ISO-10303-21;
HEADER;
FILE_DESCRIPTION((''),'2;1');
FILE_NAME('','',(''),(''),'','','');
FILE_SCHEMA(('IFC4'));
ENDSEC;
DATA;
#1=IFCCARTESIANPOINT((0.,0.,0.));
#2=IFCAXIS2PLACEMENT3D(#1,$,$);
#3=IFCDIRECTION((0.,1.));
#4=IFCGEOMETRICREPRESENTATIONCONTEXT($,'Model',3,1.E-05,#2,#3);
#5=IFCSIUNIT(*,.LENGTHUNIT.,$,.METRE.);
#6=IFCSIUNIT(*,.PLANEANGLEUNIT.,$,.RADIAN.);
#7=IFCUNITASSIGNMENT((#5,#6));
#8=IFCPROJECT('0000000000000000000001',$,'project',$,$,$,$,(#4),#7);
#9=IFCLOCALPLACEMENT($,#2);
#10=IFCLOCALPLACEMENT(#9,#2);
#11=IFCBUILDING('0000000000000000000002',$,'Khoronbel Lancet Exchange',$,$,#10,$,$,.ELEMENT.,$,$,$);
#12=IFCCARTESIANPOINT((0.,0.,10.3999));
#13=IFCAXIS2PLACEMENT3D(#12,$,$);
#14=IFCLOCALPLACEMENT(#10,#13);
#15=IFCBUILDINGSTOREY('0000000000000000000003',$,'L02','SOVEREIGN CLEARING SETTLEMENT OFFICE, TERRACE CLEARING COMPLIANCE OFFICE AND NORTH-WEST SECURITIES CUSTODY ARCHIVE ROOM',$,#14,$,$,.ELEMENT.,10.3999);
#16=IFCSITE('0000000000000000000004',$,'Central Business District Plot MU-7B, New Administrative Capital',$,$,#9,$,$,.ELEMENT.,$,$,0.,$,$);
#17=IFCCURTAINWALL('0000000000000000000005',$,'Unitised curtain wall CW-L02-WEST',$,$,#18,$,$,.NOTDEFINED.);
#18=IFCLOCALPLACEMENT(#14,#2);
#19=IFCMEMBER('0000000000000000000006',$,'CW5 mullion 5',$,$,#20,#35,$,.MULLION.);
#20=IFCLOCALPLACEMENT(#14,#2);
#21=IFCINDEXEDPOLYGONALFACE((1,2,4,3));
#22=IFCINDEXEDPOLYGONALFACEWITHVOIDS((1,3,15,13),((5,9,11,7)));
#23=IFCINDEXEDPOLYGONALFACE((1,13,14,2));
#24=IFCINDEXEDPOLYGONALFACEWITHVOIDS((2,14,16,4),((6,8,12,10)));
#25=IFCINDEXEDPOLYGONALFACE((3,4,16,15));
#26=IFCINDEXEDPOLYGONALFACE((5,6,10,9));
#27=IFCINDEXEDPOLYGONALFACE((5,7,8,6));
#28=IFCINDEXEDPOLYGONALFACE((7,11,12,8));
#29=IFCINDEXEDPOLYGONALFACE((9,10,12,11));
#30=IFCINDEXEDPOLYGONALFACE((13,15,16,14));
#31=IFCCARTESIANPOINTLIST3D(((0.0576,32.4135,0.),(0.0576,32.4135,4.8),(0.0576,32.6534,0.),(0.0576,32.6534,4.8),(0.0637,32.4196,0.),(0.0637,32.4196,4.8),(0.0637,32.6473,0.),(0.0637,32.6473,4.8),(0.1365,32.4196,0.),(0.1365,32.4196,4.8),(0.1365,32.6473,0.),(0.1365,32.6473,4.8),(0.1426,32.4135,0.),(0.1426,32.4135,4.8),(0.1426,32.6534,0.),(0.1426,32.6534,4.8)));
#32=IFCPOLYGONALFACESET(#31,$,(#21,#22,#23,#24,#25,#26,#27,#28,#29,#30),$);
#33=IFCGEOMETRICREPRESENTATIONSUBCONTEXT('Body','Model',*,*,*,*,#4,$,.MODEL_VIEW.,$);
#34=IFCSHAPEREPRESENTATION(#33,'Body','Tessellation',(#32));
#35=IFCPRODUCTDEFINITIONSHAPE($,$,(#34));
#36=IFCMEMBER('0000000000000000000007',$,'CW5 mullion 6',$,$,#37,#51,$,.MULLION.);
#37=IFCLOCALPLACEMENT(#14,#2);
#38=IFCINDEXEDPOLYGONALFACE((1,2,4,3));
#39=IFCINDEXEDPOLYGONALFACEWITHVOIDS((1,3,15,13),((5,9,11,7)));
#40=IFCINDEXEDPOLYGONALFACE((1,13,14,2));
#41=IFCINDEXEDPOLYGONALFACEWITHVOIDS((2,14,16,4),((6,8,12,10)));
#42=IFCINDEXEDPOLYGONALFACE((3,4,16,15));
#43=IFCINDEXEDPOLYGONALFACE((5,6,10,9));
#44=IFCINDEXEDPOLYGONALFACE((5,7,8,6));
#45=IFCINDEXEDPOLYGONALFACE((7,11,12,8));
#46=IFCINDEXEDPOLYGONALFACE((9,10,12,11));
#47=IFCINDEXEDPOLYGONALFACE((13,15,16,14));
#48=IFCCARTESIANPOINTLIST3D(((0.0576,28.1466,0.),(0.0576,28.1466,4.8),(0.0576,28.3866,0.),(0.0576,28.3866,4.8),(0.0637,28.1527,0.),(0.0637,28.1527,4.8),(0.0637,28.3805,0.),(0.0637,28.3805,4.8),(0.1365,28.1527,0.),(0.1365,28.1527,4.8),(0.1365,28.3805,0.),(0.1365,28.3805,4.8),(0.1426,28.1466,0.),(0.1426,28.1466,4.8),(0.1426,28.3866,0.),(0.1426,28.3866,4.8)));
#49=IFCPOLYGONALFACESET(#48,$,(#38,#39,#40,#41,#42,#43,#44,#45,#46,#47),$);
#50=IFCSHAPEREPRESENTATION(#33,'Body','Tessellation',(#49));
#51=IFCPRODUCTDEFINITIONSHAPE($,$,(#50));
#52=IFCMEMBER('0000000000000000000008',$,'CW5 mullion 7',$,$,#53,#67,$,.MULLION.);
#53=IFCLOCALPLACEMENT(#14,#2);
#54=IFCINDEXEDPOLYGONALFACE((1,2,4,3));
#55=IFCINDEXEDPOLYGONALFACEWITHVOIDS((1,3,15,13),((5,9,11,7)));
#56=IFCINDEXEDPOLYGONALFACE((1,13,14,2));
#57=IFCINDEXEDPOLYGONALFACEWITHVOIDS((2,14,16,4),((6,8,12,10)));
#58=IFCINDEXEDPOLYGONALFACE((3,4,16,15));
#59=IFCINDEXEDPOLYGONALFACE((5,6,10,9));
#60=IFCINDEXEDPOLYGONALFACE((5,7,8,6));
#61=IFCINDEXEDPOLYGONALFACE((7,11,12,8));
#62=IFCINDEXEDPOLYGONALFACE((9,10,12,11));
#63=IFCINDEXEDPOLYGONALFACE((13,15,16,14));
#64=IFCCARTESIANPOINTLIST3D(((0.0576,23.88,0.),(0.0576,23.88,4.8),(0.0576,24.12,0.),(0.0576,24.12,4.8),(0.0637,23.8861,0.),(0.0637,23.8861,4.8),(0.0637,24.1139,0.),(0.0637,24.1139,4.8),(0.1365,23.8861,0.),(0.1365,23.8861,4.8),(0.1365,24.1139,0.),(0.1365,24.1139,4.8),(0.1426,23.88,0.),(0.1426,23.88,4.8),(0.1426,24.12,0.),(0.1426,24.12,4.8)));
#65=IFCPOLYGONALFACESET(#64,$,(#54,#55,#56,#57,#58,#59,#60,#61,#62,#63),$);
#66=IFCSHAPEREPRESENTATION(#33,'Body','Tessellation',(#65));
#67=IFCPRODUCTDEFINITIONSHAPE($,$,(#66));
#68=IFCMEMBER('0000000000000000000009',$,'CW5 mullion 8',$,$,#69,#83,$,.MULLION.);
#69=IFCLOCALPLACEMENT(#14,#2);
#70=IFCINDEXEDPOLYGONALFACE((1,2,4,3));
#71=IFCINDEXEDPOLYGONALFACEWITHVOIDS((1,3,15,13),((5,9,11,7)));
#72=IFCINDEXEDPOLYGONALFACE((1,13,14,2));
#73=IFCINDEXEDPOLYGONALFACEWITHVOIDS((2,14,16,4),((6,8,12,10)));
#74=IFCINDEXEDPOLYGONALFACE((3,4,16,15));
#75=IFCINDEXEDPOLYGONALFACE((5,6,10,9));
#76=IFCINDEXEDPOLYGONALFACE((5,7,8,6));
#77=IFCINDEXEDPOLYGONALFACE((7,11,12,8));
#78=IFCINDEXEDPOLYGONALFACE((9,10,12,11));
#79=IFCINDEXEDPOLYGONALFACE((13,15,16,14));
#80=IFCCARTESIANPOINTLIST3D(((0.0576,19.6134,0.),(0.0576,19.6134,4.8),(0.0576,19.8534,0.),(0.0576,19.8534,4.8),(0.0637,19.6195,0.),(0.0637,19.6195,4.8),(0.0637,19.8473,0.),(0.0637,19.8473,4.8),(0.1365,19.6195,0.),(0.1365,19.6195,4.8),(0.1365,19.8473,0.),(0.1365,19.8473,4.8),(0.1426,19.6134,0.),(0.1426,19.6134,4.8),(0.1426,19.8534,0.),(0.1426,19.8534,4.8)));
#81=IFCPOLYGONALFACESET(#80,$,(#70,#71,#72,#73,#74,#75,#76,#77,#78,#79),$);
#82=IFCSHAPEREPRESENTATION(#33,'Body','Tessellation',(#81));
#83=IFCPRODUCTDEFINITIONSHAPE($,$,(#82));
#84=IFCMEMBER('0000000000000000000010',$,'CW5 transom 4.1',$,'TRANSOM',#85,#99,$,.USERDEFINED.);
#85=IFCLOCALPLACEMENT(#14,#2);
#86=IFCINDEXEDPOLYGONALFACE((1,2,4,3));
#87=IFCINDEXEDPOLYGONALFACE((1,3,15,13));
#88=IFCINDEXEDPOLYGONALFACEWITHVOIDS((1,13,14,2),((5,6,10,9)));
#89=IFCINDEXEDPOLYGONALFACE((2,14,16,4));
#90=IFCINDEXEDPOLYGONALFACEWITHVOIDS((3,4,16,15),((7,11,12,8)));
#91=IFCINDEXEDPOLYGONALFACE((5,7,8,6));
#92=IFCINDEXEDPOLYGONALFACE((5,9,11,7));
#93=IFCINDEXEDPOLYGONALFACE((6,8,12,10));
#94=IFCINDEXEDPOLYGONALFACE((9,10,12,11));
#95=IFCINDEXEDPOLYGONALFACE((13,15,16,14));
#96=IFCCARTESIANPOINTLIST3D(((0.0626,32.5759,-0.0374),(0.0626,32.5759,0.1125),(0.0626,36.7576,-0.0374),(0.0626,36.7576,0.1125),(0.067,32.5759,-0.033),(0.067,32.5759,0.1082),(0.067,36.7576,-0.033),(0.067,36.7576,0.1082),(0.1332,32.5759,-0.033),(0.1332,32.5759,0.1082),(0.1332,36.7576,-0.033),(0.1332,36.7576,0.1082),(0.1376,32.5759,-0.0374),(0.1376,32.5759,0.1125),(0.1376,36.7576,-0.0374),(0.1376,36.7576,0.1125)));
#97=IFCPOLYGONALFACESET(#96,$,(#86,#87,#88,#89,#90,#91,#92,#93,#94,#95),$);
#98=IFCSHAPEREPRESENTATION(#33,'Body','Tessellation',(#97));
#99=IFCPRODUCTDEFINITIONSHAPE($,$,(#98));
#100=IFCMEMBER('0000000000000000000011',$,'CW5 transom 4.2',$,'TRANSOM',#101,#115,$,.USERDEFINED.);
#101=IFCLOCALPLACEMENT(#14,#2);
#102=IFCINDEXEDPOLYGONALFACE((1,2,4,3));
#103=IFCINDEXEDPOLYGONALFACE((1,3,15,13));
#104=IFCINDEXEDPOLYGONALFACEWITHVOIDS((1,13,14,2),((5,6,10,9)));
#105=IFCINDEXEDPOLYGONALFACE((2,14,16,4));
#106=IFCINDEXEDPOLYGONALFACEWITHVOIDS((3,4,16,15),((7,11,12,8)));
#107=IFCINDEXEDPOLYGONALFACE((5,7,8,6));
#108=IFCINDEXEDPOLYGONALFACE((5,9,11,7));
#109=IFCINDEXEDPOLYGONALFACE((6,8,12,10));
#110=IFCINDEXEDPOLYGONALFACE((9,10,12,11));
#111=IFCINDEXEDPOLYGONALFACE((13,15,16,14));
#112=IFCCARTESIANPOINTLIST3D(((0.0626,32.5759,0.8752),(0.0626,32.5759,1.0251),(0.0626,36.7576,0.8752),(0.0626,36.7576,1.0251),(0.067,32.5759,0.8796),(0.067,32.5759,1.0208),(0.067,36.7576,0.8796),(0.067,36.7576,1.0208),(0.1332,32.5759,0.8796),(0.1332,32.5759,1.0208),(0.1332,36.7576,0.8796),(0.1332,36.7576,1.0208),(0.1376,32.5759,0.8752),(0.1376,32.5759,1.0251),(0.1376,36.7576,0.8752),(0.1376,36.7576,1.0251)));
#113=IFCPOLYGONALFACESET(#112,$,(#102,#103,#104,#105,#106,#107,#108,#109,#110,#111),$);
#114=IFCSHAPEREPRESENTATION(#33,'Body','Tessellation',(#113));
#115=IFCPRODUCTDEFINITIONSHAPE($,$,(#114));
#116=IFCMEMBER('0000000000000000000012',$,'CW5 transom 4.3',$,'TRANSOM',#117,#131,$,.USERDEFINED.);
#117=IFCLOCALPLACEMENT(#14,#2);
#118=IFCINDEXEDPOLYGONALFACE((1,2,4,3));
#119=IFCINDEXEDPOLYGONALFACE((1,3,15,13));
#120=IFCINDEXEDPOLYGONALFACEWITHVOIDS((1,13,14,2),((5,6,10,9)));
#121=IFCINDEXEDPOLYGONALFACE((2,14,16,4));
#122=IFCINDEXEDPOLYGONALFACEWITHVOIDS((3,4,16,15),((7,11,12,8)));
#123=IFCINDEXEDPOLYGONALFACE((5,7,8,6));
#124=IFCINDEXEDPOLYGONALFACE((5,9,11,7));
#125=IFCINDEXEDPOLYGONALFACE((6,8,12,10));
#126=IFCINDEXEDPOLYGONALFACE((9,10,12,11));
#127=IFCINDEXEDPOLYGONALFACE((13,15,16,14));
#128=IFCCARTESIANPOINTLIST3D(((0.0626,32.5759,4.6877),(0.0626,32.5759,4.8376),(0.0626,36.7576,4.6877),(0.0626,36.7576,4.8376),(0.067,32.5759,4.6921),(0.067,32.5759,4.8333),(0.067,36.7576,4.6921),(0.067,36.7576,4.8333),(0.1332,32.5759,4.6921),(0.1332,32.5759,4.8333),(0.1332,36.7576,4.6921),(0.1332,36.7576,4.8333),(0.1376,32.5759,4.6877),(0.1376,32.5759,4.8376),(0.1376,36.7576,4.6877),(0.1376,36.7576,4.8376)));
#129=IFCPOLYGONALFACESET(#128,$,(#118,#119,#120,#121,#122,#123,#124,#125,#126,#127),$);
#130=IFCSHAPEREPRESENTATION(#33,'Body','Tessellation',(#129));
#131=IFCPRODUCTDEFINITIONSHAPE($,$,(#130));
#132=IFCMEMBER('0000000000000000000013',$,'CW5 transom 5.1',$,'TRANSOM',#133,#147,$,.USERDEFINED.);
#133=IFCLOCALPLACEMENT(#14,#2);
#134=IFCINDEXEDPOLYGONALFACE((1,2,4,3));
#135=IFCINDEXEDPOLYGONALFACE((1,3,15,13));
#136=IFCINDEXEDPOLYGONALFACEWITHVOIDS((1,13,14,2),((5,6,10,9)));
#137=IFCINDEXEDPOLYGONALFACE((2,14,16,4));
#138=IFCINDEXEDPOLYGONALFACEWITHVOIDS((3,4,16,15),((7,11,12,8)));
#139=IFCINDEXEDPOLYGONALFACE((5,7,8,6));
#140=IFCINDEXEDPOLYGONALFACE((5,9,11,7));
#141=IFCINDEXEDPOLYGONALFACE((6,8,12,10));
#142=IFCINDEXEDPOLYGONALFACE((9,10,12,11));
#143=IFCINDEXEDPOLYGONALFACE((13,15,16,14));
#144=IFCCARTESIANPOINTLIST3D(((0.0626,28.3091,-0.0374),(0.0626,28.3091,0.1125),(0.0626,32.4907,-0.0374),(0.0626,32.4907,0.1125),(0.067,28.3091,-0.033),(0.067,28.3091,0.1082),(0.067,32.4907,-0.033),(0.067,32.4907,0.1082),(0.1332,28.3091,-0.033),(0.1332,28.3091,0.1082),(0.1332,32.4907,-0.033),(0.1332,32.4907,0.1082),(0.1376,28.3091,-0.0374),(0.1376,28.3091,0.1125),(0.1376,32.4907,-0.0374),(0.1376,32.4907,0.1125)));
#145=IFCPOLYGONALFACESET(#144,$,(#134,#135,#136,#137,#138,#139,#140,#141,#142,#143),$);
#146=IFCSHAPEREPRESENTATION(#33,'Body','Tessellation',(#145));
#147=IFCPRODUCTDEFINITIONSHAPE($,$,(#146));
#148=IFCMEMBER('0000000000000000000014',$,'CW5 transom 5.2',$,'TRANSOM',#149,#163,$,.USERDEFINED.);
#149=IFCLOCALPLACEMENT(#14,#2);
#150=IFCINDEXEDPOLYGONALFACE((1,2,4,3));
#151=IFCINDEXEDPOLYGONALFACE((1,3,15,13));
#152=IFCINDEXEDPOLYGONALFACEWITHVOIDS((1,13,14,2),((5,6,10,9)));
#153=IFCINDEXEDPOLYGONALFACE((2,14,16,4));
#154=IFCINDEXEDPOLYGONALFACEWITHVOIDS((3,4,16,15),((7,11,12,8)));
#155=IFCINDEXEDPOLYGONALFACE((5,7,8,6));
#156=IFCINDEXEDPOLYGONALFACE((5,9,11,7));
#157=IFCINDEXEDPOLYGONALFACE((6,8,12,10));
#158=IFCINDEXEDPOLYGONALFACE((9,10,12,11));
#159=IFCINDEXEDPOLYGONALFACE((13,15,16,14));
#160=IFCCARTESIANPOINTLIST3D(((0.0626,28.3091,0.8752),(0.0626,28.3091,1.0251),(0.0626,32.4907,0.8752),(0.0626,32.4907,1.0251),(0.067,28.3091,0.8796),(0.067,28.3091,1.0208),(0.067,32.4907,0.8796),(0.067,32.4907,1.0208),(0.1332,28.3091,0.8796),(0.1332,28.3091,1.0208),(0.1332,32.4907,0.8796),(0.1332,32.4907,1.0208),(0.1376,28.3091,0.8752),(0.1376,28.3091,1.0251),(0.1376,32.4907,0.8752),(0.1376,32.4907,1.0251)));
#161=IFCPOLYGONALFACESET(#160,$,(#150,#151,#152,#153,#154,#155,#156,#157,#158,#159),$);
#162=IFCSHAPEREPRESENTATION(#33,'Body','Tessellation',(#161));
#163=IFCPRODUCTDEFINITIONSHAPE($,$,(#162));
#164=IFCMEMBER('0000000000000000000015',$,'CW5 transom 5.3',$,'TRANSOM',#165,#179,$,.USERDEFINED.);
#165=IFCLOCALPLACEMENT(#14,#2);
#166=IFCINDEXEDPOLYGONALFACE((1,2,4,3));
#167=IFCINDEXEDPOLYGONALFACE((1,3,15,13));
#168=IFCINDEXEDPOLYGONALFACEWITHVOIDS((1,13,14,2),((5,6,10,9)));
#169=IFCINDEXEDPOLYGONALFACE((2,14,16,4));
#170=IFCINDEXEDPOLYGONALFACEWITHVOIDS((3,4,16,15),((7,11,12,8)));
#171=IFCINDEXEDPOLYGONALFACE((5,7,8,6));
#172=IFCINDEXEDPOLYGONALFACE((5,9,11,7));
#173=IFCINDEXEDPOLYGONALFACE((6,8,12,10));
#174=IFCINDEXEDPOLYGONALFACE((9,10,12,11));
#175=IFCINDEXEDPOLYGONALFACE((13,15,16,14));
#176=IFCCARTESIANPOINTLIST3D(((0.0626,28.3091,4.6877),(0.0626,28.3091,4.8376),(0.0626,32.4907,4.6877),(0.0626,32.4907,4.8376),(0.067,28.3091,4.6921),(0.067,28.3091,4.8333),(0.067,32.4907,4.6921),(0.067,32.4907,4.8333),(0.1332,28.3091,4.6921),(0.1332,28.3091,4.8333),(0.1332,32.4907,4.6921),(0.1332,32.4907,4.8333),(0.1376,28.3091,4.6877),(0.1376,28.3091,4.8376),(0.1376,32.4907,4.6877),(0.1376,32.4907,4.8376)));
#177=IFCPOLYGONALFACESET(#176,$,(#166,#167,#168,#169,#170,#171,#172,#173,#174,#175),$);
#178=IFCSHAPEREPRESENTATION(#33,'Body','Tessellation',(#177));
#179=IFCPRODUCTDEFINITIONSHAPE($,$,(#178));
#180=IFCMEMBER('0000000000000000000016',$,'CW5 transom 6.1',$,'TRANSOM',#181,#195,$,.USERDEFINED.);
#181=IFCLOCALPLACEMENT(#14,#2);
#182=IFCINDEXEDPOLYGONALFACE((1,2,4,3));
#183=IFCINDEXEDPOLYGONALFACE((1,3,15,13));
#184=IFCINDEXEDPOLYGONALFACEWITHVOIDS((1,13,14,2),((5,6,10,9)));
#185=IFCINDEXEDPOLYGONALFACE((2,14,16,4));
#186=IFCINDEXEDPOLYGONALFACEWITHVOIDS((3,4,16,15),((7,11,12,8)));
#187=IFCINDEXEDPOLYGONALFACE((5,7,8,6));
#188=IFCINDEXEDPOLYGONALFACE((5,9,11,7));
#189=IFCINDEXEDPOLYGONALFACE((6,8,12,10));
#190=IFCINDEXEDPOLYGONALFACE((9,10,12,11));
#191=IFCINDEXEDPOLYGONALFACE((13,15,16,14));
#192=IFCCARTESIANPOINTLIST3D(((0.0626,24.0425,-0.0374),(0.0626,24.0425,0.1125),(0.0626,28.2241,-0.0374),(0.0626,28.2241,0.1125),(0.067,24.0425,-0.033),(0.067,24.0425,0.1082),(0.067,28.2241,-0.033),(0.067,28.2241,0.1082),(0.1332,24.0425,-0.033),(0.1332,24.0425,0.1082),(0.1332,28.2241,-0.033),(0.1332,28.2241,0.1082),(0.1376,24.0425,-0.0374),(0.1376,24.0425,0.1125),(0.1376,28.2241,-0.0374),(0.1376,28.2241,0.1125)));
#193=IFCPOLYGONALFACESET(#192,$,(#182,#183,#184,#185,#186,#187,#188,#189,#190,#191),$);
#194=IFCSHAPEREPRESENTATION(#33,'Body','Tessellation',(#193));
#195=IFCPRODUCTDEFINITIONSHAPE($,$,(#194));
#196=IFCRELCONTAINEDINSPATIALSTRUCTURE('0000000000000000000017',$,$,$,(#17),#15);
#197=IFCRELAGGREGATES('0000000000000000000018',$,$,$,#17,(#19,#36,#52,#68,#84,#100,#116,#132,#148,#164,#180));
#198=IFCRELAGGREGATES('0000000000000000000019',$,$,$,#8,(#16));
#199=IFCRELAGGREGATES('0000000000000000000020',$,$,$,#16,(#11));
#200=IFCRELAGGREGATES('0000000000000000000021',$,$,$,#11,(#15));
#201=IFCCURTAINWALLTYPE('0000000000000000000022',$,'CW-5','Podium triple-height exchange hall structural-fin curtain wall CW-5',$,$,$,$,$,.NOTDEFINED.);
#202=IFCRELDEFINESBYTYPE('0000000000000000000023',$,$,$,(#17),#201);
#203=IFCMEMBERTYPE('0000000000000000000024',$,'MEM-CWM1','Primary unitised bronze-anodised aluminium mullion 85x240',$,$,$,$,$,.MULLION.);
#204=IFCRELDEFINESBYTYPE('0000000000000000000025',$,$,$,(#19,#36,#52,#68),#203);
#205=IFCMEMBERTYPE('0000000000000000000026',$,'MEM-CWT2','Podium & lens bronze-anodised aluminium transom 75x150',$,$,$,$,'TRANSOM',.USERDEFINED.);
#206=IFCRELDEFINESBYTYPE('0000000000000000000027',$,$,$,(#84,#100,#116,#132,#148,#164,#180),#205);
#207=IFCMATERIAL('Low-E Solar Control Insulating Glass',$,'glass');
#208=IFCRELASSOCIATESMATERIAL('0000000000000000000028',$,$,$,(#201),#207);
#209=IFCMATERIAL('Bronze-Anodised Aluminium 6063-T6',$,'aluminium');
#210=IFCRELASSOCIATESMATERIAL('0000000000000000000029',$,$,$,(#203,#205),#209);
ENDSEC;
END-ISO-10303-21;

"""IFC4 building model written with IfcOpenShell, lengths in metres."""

from ifc_helpers import new_model, si_unit, direction, frame, origin, origin_2d, place, context, subcontext, project, spatial, hollow_rectangle, extrude, material, material_profile, profile_set, type_object, element, aggregate, save


model = new_model("IFC4")

# Units and contexts
model_context = context("Model", 3, precision=1e-05, world=origin(), true_north=direction((0.0, 1.0)))
body_context = subcontext(model_context, "Body", "Model", "MODEL_VIEW")
ifc_project = project(units=[si_unit("LENGTHUNIT", "METRE"), si_unit("PLANEANGLEUNIT", "RADIAN")], contexts=[model_context])

# Site, building, storey
site_placement = place(None, origin())
site = spatial("IfcSite", under=ifc_project, at=site_placement, Name="Central Business District Plot MU-7B, New Administrative Capital", CompositionType="ELEMENT", RefElevation=0.0)
building_placement = place(site_placement, origin())
building = spatial("IfcBuilding", under=site, at=building_placement, Name="Khoronbel Lancet Exchange", CompositionType="ELEMENT")
storey_placement = place(building_placement, frame((0.0, 0.0, 10.3999)))
storey = spatial("IfcBuildingStorey", under=building, at=storey_placement, Name="L02", Description="SOVEREIGN CLEARING SETTLEMENT OFFICE, TERRACE CLEARING COMPLIANCE OFFICE AND NORTH-WEST SECURITIES CUSTODY ARCHIVE ROOM", CompositionType="ELEMENT", Elevation=10.3999)

# Curtain wall, members
ifc_material_1 = material(Name="Low-E Solar Control Insulating Glass", Category="glass")
curtain_wall_type = type_object("IfcCurtainWallType", Name="CW-5", Description="Podium triple-height exchange hall structural-fin curtain wall CW-5", PredefinedType="NOTDEFINED", material=ifc_material_1)
curtain_wall_placement = place(storey_placement, origin())
curtain_wall = element("IfcCurtainWall", 1, at=curtain_wall_placement, inside=storey, type_object=curtain_wall_type, Name="Unitised curtain wall CW-L02-WEST", PredefinedType="NOTDEFINED")
ifc_material_2 = material(Name="Bronze-Anodised Aluminium 6063-T6", Category="aluminium")
ifc_material_profile_1 = material_profile(ifc_material_2, hollow_rectangle(XDim=0.085, YDim=0.24, WallThickness=0.0061, at=origin_2d()), Name="ALU MULLION 85x240")
ifc_profile_set_1 = profile_set([ifc_material_profile_1], Name="Bronze-Anodised Aluminium 6063-T6")
member_type_1 = type_object("IfcMemberType", Name="MEM-CWM1", Description="Primary unitised bronze-anodised aluminium mullion 85x240", PredefinedType="MULLION", material=ifc_profile_set_1)
member_1_placement = place(storey_placement, frame((0.1001, 32.5334, 0.0), z_axis=(0.0, 0.0, 1.0), x_axis=(1.0, 0.0, 0.0)))
member_1 = element("IfcMember", 2, at=member_1_placement, type_object=member_type_1, Name="CW5 mullion 5", PredefinedType="MULLION", context=body_context, shape_type="SweptSolid", body=[
    extrude(hollow_rectangle(XDim=0.085, YDim=0.24, WallThickness=0.0061, at=origin_2d()), origin(), (0.0, 0.0, 1.0), 4.8),
])
member_2_placement = place(storey_placement, frame((0.1001, 28.2666, 0.0), z_axis=(0.0, 0.0, 1.0), x_axis=(1.0, 0.0, 0.0)))
member_2 = element("IfcMember", 3, at=member_2_placement, type_object=member_type_1, Name="CW5 mullion 6", PredefinedType="MULLION", context=body_context, shape_type="SweptSolid", body=[
    extrude(hollow_rectangle(XDim=0.085, YDim=0.24, WallThickness=0.0061, at=origin_2d()), origin(), (0.0, 0.0, 1.0), 4.8),
])
member_3_placement = place(storey_placement, frame((0.1001, 24.0, 0.0), z_axis=(0.0, 0.0, 1.0), x_axis=(1.0, 0.0, 0.0)))
member_3 = element("IfcMember", 4, at=member_3_placement, type_object=member_type_1, Name="CW5 mullion 7", PredefinedType="MULLION", context=body_context, shape_type="SweptSolid", body=[
    extrude(hollow_rectangle(XDim=0.085, YDim=0.24, WallThickness=0.0061, at=origin_2d()), origin(), (0.0, 0.0, 1.0), 4.8),
])
member_4_placement = place(storey_placement, frame((0.1001, 19.7334, 0.0), z_axis=(0.0, 0.0, 1.0), x_axis=(1.0, 0.0, 0.0)))
member_4 = element("IfcMember", 5, at=member_4_placement, type_object=member_type_1, Name="CW5 mullion 8", PredefinedType="MULLION", context=body_context, shape_type="SweptSolid", body=[
    extrude(hollow_rectangle(XDim=0.085, YDim=0.24, WallThickness=0.0061, at=origin_2d()), origin(), (0.0, 0.0, 1.0), 4.8),
])
ifc_material_profile_2 = material_profile(ifc_material_2, hollow_rectangle(XDim=0.075, YDim=0.1499, WallThickness=0.0044, at=origin_2d()), Name="ALU TRANSOM 75x150")
ifc_profile_set_2 = profile_set([ifc_material_profile_2], Name="Bronze-Anodised Aluminium 6063-T6")
member_type_2 = type_object("IfcMemberType", Name="MEM-CWT2", Description="Podium & lens bronze-anodised aluminium transom 75x150", ElementType="TRANSOM", PredefinedType="USERDEFINED", material=ifc_profile_set_2)
member_5_placement = place(storey_placement, frame((0.1001, 36.7576, 0.0376), z_axis=(0.0, -1.0, 0.0), x_axis=(1.0, 0.0, 0.0)))
member_5 = element("IfcMember", 6, at=member_5_placement, type_object=member_type_2, Name="CW5 transom 4.1", ObjectType="TRANSOM", PredefinedType="USERDEFINED", context=body_context, shape_type="SweptSolid", body=[
    extrude(hollow_rectangle(XDim=0.075, YDim=0.1499, WallThickness=0.0044, at=origin_2d()), origin(), (0.0, 0.0, 1.0), 4.1816),
])
member_6_placement = place(storey_placement, frame((0.1001, 36.7576, 0.9502), z_axis=(0.0, -1.0, 0.0), x_axis=(1.0, 0.0, 0.0)))
member_6 = element("IfcMember", 7, at=member_6_placement, type_object=member_type_2, Name="CW5 transom 4.2", ObjectType="TRANSOM", PredefinedType="USERDEFINED", context=body_context, shape_type="SweptSolid", body=[
    extrude(hollow_rectangle(XDim=0.075, YDim=0.1499, WallThickness=0.0044, at=origin_2d()), origin(), (0.0, 0.0, 1.0), 4.1816),
])
member_7_placement = place(storey_placement, frame((0.1001, 36.7576, 4.7627), z_axis=(0.0, -1.0, 0.0), x_axis=(1.0, 0.0, 0.0)))
member_7 = element("IfcMember", 8, at=member_7_placement, type_object=member_type_2, Name="CW5 transom 4.3", ObjectType="TRANSOM", PredefinedType="USERDEFINED", context=body_context, shape_type="SweptSolid", body=[
    extrude(hollow_rectangle(XDim=0.075, YDim=0.1499, WallThickness=0.0044, at=origin_2d()), origin(), (0.0, 0.0, 1.0), 4.1816),
])
member_8_placement = place(storey_placement, frame((0.1001, 32.4907, 0.0376), z_axis=(0.0, -1.0, 0.0), x_axis=(1.0, 0.0, 0.0)))
member_8 = element("IfcMember", 9, at=member_8_placement, type_object=member_type_2, Name="CW5 transom 5.1", ObjectType="TRANSOM", PredefinedType="USERDEFINED", context=body_context, shape_type="SweptSolid", body=[
    extrude(hollow_rectangle(XDim=0.075, YDim=0.1499, WallThickness=0.0044, at=origin_2d()), origin(), (0.0, 0.0, 1.0), 4.1816),
])
member_9_placement = place(storey_placement, frame((0.1001, 32.4907, 0.9502), z_axis=(0.0, -1.0, 0.0), x_axis=(1.0, 0.0, 0.0)))
member_9 = element("IfcMember", 10, at=member_9_placement, type_object=member_type_2, Name="CW5 transom 5.2", ObjectType="TRANSOM", PredefinedType="USERDEFINED", context=body_context, shape_type="SweptSolid", body=[
    extrude(hollow_rectangle(XDim=0.075, YDim=0.1499, WallThickness=0.0044, at=origin_2d()), origin(), (0.0, 0.0, 1.0), 4.1816),
])
member_10_placement = place(storey_placement, frame((0.1001, 32.4907, 4.7627), z_axis=(0.0, -1.0, 0.0), x_axis=(1.0, 0.0, 0.0)))
member_10 = element("IfcMember", 11, at=member_10_placement, type_object=member_type_2, Name="CW5 transom 5.3", ObjectType="TRANSOM", PredefinedType="USERDEFINED", context=body_context, shape_type="SweptSolid", body=[
    extrude(hollow_rectangle(XDim=0.075, YDim=0.1499, WallThickness=0.0044, at=origin_2d()), origin(), (0.0, 0.0, 1.0), 4.1816),
])
member_11_placement = place(storey_placement, frame((0.1001, 28.2241, 0.0376), z_axis=(0.0, -1.0, 0.0), x_axis=(1.0, 0.0, 0.0)))
member_11 = element("IfcMember", 12, at=member_11_placement, type_object=member_type_2, Name="CW5 transom 6.1", ObjectType="TRANSOM", PredefinedType="USERDEFINED", context=body_context, shape_type="SweptSolid", body=[
    extrude(hollow_rectangle(XDim=0.075, YDim=0.1499, WallThickness=0.0044, at=origin_2d()), origin(), (0.0, 0.0, 1.0), 4.1816),
])
aggregate(curtain_wall, [member_1, member_2, member_3, member_4, member_5, member_6, member_7, member_8, member_9, member_10, member_11])

save(model, "model.ifc")
